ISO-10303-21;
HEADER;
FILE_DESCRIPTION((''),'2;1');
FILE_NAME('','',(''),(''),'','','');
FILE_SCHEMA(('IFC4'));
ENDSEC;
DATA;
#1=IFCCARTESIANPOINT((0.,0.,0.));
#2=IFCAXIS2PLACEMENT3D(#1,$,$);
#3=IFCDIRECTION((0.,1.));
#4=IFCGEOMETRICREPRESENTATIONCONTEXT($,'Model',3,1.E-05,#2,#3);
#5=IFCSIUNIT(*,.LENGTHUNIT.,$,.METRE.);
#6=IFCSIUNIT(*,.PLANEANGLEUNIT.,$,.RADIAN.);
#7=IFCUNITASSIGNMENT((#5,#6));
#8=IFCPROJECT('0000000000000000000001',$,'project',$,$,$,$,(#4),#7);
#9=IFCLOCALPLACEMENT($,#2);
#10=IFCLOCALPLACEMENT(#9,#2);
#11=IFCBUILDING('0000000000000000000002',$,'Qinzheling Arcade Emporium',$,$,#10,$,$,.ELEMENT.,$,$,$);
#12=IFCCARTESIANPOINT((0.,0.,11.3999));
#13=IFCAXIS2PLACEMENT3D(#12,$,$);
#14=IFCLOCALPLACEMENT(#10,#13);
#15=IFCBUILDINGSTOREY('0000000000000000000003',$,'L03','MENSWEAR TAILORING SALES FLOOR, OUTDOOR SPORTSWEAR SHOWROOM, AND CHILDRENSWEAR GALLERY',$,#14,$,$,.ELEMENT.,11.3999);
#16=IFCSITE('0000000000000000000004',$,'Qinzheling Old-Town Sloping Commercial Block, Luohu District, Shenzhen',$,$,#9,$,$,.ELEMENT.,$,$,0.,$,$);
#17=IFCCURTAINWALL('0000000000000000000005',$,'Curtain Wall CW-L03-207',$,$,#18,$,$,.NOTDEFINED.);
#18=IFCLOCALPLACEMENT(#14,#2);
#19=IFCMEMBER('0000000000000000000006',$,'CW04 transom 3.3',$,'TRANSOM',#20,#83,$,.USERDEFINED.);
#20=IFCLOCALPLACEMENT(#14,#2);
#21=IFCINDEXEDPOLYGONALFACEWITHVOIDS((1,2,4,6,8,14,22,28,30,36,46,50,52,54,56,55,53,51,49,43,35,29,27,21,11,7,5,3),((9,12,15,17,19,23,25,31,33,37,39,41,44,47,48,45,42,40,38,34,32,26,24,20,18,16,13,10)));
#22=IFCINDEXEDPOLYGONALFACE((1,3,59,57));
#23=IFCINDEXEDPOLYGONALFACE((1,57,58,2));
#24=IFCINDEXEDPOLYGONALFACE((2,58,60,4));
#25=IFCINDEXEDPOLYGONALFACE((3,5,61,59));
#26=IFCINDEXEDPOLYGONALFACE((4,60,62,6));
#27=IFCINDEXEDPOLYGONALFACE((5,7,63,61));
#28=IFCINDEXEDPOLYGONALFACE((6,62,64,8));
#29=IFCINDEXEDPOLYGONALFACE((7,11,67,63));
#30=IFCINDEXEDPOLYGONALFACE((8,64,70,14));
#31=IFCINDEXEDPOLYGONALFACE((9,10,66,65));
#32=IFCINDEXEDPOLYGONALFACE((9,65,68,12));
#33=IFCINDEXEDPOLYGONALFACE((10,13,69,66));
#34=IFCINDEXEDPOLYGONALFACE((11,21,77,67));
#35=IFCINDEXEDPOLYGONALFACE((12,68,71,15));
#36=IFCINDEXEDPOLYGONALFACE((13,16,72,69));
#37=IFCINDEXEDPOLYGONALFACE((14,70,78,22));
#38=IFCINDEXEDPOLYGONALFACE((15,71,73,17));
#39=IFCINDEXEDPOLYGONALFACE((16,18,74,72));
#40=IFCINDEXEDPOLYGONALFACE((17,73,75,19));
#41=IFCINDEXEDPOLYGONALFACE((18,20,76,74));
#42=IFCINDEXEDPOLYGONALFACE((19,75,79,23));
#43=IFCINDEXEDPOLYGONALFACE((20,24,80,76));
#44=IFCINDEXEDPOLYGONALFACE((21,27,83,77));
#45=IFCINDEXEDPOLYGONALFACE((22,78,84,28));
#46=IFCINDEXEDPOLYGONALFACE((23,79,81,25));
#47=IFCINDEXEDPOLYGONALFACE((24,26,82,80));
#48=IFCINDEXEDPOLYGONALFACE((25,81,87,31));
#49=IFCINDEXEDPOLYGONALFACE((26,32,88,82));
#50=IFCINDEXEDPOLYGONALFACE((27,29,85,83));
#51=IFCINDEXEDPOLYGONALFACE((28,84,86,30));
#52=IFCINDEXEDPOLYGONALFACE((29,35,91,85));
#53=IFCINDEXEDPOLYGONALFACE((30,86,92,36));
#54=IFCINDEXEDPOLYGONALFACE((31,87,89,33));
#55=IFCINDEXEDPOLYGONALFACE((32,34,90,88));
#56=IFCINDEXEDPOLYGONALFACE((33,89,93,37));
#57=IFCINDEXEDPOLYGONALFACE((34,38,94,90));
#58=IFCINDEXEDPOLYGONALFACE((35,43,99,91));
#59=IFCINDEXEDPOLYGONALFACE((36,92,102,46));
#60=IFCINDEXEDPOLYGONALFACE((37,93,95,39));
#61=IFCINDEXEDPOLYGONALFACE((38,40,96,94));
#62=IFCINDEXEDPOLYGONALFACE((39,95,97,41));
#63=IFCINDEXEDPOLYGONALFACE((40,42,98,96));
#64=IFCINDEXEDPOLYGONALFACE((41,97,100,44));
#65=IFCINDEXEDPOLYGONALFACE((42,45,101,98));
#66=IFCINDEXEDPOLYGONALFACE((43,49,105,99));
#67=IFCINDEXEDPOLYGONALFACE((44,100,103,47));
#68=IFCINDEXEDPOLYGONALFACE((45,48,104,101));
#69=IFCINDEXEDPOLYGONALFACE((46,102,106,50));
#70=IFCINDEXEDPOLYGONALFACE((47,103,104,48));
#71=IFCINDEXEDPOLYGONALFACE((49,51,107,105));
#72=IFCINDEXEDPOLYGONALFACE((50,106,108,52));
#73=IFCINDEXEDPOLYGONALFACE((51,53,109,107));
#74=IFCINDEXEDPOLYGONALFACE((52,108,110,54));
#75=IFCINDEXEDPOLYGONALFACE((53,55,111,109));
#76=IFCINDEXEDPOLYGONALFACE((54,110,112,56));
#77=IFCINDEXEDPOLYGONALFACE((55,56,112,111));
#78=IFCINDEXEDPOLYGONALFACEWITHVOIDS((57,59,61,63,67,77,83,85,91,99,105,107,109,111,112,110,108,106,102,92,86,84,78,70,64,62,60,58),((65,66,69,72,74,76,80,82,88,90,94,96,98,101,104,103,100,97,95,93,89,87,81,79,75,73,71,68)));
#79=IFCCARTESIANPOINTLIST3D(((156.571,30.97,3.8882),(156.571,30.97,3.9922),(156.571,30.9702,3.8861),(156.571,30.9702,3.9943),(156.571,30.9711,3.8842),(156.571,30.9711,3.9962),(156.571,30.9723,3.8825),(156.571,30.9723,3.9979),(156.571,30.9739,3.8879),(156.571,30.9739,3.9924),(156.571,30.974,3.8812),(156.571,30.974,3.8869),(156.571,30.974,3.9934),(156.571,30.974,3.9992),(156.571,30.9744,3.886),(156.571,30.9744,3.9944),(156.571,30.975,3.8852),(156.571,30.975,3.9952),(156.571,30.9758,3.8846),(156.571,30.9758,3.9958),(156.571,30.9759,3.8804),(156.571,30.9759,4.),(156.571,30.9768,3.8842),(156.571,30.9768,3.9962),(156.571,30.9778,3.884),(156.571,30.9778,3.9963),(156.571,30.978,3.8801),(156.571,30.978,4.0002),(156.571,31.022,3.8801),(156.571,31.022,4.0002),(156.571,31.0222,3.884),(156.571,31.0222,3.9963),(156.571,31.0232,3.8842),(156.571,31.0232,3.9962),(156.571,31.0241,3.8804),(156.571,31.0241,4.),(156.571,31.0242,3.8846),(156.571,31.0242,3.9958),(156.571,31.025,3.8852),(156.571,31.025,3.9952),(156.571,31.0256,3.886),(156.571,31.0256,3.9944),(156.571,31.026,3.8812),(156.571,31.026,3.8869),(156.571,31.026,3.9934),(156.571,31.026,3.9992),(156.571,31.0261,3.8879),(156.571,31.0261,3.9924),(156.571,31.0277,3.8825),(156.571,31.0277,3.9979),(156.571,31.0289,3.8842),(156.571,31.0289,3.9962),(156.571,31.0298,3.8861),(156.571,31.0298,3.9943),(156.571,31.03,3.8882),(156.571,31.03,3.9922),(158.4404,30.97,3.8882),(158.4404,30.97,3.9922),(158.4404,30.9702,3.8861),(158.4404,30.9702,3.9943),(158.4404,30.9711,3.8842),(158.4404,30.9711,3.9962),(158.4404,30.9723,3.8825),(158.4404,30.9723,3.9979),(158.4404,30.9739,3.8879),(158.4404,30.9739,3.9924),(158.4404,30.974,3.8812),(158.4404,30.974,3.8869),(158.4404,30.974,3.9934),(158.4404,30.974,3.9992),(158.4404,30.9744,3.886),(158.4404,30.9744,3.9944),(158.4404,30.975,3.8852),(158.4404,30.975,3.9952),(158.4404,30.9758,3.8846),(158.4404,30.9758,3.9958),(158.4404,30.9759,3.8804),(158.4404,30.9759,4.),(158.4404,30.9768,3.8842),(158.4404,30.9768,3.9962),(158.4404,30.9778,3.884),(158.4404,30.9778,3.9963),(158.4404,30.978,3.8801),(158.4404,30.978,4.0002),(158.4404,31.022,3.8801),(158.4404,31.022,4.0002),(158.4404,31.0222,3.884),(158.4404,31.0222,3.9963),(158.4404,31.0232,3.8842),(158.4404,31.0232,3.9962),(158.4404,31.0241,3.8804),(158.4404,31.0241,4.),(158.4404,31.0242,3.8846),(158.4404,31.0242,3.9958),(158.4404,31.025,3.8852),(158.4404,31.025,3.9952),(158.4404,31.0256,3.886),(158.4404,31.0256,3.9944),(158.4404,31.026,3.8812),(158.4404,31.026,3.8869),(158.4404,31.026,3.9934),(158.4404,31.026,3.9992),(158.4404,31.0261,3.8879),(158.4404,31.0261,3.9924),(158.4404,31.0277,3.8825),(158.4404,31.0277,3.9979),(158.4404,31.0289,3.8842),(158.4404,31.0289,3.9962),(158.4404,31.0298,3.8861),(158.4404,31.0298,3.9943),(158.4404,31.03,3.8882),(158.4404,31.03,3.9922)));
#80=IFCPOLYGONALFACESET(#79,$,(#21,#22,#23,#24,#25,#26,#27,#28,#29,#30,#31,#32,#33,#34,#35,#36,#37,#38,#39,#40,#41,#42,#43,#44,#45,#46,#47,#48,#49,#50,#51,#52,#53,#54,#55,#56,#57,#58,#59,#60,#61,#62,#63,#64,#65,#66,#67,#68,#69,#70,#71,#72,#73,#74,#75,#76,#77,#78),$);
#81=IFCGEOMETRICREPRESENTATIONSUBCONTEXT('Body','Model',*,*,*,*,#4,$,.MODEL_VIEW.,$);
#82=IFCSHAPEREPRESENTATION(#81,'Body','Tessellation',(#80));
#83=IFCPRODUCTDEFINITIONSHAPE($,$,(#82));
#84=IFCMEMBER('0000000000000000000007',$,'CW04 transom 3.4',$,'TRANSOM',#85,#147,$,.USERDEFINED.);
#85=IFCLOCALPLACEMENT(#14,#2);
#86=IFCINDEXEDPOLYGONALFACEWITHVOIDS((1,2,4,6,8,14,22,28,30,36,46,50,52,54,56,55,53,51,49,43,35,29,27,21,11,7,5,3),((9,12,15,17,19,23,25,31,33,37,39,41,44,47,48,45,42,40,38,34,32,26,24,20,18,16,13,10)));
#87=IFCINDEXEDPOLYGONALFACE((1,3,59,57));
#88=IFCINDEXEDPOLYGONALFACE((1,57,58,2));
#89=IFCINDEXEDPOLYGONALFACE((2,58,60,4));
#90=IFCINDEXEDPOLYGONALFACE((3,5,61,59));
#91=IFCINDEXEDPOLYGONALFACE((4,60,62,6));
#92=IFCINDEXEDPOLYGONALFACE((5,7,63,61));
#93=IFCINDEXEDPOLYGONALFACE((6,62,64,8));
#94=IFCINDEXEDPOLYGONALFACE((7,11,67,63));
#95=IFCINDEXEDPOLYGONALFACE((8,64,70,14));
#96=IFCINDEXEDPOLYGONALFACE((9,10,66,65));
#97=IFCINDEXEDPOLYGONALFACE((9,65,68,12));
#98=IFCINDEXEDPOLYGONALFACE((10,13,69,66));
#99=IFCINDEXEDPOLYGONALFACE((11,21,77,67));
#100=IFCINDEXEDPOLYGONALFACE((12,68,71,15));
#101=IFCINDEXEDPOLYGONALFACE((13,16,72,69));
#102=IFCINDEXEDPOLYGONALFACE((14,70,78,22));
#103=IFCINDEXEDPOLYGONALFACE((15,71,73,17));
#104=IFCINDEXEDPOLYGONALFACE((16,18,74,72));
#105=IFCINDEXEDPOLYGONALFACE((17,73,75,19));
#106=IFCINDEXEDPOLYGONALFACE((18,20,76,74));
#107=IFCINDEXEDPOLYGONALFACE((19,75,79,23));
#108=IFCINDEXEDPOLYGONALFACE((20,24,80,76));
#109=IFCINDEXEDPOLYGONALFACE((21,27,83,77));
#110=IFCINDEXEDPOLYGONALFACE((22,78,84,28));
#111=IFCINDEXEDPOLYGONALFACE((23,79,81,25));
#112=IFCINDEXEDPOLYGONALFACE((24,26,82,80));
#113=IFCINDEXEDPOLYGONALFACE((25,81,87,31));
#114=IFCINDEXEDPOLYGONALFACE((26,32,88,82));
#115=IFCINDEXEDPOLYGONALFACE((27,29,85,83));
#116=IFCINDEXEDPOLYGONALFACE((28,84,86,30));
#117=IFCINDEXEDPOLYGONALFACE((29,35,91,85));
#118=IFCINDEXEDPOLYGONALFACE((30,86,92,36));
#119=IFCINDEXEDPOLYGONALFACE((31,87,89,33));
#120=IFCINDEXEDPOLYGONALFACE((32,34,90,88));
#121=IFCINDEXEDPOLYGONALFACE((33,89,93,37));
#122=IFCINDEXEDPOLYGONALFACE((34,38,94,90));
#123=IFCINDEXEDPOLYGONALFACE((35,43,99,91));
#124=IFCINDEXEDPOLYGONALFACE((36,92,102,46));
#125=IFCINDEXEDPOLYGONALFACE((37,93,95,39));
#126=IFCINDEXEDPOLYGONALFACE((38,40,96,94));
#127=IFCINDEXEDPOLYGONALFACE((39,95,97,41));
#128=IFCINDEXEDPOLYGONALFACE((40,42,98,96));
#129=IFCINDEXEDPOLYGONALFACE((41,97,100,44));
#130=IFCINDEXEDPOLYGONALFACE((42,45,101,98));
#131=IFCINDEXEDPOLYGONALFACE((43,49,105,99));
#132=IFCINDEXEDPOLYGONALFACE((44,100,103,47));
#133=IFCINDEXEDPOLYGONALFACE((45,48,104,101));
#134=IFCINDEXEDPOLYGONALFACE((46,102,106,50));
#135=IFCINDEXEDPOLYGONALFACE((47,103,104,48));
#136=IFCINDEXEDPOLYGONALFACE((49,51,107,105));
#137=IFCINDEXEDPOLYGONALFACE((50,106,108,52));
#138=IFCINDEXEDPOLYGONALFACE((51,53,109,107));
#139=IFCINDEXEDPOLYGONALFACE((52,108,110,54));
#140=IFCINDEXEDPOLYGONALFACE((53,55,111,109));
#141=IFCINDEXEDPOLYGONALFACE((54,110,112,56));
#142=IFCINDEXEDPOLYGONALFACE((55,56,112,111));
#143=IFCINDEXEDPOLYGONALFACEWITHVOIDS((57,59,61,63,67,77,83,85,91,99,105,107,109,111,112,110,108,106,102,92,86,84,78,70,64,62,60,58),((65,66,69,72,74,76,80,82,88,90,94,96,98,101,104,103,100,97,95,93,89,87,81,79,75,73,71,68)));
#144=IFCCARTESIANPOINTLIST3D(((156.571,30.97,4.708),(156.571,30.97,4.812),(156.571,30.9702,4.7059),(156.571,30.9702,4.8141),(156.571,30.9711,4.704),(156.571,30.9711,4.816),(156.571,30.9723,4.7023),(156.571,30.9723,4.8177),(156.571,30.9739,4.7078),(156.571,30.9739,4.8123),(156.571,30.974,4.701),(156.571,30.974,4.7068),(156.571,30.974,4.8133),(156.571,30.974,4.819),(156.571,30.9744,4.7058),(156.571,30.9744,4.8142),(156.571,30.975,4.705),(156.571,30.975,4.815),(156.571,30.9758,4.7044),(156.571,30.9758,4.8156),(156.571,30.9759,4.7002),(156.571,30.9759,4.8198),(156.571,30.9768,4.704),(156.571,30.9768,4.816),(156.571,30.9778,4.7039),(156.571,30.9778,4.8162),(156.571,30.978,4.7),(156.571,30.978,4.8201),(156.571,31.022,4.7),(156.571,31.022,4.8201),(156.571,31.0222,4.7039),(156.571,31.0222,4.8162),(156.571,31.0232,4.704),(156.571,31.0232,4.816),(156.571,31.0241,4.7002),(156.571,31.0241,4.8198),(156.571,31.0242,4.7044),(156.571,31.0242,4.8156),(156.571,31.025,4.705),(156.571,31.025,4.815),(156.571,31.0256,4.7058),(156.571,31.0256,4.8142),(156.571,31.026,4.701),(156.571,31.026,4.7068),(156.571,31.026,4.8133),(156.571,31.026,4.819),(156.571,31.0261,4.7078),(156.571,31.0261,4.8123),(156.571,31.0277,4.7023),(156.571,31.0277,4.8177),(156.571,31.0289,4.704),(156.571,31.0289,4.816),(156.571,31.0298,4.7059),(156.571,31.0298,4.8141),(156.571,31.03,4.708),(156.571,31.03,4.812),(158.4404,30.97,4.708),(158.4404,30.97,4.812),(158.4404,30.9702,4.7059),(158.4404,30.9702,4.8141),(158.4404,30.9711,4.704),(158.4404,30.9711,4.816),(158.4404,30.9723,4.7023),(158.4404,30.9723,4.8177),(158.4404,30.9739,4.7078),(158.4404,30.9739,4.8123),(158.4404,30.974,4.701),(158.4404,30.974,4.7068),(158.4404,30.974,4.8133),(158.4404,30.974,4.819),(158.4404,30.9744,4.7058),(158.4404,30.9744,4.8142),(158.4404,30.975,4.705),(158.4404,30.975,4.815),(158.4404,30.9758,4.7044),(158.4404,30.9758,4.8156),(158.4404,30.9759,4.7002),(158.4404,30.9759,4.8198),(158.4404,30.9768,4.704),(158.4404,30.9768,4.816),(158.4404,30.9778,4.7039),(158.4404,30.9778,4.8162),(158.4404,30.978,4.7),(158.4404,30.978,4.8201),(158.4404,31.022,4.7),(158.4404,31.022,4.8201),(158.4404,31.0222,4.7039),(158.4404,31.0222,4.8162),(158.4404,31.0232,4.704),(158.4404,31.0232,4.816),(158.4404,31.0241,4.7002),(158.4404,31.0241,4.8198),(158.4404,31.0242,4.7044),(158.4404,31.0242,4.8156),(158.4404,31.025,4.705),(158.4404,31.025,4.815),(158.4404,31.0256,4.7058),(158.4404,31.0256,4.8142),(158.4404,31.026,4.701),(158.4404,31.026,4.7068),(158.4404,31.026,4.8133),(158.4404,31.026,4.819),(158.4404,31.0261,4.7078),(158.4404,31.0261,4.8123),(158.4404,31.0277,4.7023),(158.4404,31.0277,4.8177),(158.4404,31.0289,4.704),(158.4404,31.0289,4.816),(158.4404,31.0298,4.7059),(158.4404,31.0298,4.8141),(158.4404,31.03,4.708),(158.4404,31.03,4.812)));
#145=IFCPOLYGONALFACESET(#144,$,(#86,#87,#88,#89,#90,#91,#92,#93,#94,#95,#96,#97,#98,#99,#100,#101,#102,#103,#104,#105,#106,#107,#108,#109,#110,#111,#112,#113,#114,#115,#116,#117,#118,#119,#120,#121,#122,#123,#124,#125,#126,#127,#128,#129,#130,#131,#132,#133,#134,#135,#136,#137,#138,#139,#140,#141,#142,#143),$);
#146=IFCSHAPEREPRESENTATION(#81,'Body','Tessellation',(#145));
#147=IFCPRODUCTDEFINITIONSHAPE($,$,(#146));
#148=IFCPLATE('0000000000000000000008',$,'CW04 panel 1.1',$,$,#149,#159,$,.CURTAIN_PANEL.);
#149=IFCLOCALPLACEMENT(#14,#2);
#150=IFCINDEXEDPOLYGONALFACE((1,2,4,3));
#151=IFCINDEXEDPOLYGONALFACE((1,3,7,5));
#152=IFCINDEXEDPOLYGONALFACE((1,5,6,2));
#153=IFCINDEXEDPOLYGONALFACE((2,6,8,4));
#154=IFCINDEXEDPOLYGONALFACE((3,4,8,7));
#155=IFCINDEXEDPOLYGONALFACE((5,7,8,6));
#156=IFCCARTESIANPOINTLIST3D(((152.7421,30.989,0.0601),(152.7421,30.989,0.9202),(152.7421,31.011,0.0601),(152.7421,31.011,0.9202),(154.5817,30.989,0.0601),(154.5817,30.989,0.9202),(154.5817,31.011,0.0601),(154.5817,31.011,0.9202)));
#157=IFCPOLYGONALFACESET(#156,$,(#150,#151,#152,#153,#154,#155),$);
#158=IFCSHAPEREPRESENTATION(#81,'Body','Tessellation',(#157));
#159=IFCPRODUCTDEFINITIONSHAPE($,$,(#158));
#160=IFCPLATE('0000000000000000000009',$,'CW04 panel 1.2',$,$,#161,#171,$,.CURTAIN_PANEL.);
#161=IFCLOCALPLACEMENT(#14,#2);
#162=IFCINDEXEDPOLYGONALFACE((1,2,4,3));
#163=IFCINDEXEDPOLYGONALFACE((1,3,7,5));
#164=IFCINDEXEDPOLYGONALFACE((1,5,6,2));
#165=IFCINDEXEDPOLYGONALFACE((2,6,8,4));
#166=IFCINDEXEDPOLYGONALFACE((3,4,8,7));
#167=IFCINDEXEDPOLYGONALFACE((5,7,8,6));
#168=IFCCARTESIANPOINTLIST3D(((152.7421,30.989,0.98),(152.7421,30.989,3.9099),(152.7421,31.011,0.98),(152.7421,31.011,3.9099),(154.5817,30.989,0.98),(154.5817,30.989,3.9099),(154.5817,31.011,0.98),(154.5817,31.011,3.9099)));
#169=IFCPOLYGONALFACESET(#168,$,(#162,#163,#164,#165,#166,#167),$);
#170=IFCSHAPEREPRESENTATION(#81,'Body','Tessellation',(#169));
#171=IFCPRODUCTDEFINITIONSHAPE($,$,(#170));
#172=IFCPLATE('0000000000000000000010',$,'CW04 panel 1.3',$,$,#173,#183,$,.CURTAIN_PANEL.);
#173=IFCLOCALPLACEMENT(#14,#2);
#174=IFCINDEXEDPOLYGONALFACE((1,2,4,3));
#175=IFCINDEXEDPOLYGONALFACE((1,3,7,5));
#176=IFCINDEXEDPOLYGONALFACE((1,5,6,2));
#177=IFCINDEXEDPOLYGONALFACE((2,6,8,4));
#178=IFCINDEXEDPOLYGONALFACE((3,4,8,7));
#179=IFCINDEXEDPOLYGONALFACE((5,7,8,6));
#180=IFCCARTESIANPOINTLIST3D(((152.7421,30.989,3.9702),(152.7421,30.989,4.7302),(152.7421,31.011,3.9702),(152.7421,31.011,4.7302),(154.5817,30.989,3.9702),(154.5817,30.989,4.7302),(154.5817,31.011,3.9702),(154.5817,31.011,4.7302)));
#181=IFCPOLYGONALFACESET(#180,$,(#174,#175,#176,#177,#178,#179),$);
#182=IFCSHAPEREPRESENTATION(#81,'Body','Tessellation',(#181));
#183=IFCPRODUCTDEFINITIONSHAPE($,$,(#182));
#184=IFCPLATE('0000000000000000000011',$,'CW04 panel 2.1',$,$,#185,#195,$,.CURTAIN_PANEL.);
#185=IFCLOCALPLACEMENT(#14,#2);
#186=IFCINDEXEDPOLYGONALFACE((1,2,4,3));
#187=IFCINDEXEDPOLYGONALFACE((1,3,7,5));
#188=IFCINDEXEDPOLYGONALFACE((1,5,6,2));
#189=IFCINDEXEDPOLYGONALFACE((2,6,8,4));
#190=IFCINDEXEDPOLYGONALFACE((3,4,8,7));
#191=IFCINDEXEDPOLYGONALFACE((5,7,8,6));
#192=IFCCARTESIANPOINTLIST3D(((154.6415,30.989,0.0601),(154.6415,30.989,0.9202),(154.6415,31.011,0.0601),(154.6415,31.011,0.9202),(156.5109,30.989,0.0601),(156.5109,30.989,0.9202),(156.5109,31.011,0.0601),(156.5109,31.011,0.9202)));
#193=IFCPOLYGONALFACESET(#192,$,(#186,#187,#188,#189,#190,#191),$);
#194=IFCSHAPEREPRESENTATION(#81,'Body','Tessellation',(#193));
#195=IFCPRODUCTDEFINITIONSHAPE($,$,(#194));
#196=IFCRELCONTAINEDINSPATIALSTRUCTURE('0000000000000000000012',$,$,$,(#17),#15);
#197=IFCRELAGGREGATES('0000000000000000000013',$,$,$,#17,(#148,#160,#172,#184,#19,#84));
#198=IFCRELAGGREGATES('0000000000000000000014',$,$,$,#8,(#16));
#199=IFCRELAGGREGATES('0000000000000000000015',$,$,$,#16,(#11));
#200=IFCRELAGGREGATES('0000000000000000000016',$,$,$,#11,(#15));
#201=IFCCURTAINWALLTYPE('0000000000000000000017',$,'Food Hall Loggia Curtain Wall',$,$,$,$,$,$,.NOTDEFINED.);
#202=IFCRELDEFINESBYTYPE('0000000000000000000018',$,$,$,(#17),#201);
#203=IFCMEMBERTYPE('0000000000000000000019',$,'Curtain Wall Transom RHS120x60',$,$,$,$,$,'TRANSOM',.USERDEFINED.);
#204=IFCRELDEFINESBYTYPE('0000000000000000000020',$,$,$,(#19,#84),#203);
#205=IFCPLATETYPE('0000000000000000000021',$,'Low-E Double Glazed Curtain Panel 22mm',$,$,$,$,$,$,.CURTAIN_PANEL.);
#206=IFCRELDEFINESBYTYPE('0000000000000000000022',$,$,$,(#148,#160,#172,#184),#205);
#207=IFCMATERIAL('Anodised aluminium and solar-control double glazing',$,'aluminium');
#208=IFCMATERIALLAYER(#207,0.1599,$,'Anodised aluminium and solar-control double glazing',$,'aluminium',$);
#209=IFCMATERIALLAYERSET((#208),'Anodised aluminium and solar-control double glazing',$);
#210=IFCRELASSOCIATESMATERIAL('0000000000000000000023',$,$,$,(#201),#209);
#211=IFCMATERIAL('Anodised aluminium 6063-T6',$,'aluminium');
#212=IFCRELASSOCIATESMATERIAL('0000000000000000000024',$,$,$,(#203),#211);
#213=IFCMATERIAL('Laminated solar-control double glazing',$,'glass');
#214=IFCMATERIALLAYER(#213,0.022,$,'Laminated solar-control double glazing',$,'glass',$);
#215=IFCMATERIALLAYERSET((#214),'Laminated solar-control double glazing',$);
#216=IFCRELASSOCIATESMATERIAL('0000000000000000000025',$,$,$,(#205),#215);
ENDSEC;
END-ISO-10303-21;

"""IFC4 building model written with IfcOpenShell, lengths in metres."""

from ifc_helpers import new_model, si_unit, direction, frame, origin, origin_2d, place, context, subcontext, project, spatial, rectangle, hollow_rectangle, extrude, material, layer, layer_set, material_profile, profile_set, type_object, element, aggregate, save


model = new_model("IFC4")

# Units and contexts
model_context = context("Model", 3, precision=1e-05, world=origin(), true_north=direction((0.0, 1.0)))
body_context = subcontext(model_context, "Body", "Model", "MODEL_VIEW")
ifc_project = project(units=[si_unit("LENGTHUNIT", "METRE"), si_unit("PLANEANGLEUNIT", "RADIAN")], contexts=[model_context])

# Site, building, storey
site_placement = place(None, origin())
site = spatial("IfcSite", under=ifc_project, at=site_placement, Name="Qinzheling Old-Town Sloping Commercial Block, Luohu District, Shenzhen", CompositionType="ELEMENT", RefElevation=0.0)
building_placement = place(site_placement, origin())
building = spatial("IfcBuilding", under=site, at=building_placement, Name="Qinzheling Arcade Emporium", CompositionType="ELEMENT")
storey_placement = place(building_placement, frame((0.0, 0.0, 11.3999)))
storey = spatial("IfcBuildingStorey", under=building, at=storey_placement, Name="L03", Description="MENSWEAR TAILORING SALES FLOOR, OUTDOOR SPORTSWEAR SHOWROOM, AND CHILDRENSWEAR GALLERY", CompositionType="ELEMENT", Elevation=11.3999)

# Curtain wall, members, plates
ifc_material_1 = material(Name="Anodised aluminium and solar-control double glazing", Category="aluminium")
ifc_layer_1 = layer(ifc_material_1, 0.1599, Name="Anodised aluminium and solar-control double glazing", Category="aluminium")
ifc_layer_set_1 = layer_set([ifc_layer_1], Name="Anodised aluminium and solar-control double glazing")
curtain_wall_type = type_object("IfcCurtainWallType", Name="Food Hall Loggia Curtain Wall", PredefinedType="NOTDEFINED", material=ifc_layer_set_1)
curtain_wall_placement = place(storey_placement, origin())
curtain_wall = element("IfcCurtainWall", 1, at=curtain_wall_placement, inside=storey, type_object=curtain_wall_type, Name="Curtain Wall CW-L03-207", PredefinedType="NOTDEFINED")
ifc_material_2 = material(Name="Anodised aluminium 6063-T6", Category="aluminium")
ifc_material_profile_1 = material_profile(ifc_material_2, hollow_rectangle(XDim=0.0601, YDim=0.1201, WallThickness=0.0039, InnerFilletRadius=0.0039, OuterFilletRadius=0.0081, at=origin_2d()), Name="RHS 120x60x4", Category="aluminium")
ifc_profile_set_1 = profile_set([ifc_material_profile_1], Name="Anodised aluminium 6063-T6")
member_type_1 = type_object("IfcMemberType", Name="Curtain Wall Transom RHS120x60", ElementType="TRANSOM", PredefinedType="USERDEFINED", material=ifc_profile_set_1)
member_1_placement = place(storey_placement, frame((156.571, 31.0, 3.9402), z_axis=(1.0, 0.0, 0.0), x_axis=(0.0, 1.0, 0.0)))
member_1 = element("IfcMember", 2, at=member_1_placement, type_object=member_type_1, Name="CW04 transom 3.3", ObjectType="TRANSOM", PredefinedType="USERDEFINED", context=body_context, shape_type="SweptSolid", body=[
    extrude(hollow_rectangle(XDim=0.0601, YDim=0.1201, WallThickness=0.0039, InnerFilletRadius=0.0039, OuterFilletRadius=0.0081, at=origin_2d()), origin(), (0.0, 0.0, 1.0), 1.8694),
])
member_2_placement = place(storey_placement, frame((156.571, 31.0, 4.76), z_axis=(1.0, 0.0, 0.0), x_axis=(0.0, 1.0, 0.0)))
member_2 = element("IfcMember", 3, at=member_2_placement, type_object=member_type_1, Name="CW04 transom 3.4", ObjectType="TRANSOM", PredefinedType="USERDEFINED", context=body_context, shape_type="SweptSolid", body=[
    extrude(hollow_rectangle(XDim=0.0601, YDim=0.1201, WallThickness=0.0039, InnerFilletRadius=0.0039, OuterFilletRadius=0.0081, at=origin_2d()), origin(), (0.0, 0.0, 1.0), 1.8694),
])
ifc_material_3 = material(Name="Laminated solar-control double glazing", Category="glass")
ifc_layer_2 = layer(ifc_material_3, 0.022, Name="Laminated solar-control double glazing", Category="glass")
ifc_layer_set_2 = layer_set([ifc_layer_2], Name="Laminated solar-control double glazing")
plate_type = type_object("IfcPlateType", Name="Low-E Double Glazed Curtain Panel 22mm", PredefinedType="CURTAIN_PANEL", material=ifc_layer_set_2)
plate_1_placement = place(storey_placement, frame((153.6619, 31.0, 0.0601), z_axis=(0.0, 0.0, 1.0), x_axis=(1.0, 0.0, 0.0)))
plate_1 = element("IfcPlate", 4, at=plate_1_placement, type_object=plate_type, Name="CW04 panel 1.1", PredefinedType="CURTAIN_PANEL", context=body_context, shape_type="SweptSolid", body=[
    extrude(rectangle(XDim=1.8396, YDim=0.022, at=origin_2d()), origin(), (0.0, 0.0, 1.0), 0.8601),
])
plate_2_placement = place(storey_placement, frame((153.6619, 31.0, 0.98), z_axis=(0.0, 0.0, 1.0), x_axis=(1.0, 0.0, 0.0)))
plate_2 = element("IfcPlate", 5, at=plate_2_placement, type_object=plate_type, Name="CW04 panel 1.2", PredefinedType="CURTAIN_PANEL", context=body_context, shape_type="SweptSolid", body=[
    extrude(rectangle(XDim=1.8396, YDim=0.022, at=origin_2d()), origin(), (0.0, 0.0, 1.0), 2.9299),
])
plate_3_placement = place(storey_placement, frame((153.6619, 31.0, 3.9702), z_axis=(0.0, 0.0, 1.0), x_axis=(1.0, 0.0, 0.0)))
plate_3 = element("IfcPlate", 6, at=plate_3_placement, type_object=plate_type, Name="CW04 panel 1.3", PredefinedType="CURTAIN_PANEL", context=body_context, shape_type="SweptSolid", body=[
    extrude(rectangle(XDim=1.8396, YDim=0.022, at=origin_2d()), origin(), (0.0, 0.0, 1.0), 0.76),
])
plate_4_placement = place(storey_placement, frame((155.5762, 31.0, 0.0601), z_axis=(0.0, 0.0, 1.0), x_axis=(1.0, 0.0, 0.0)))
plate_4 = element("IfcPlate", 7, at=plate_4_placement, type_object=plate_type, Name="CW04 panel 2.1", PredefinedType="CURTAIN_PANEL", context=body_context, shape_type="SweptSolid", body=[
    extrude(rectangle(XDim=1.8694, YDim=0.022, at=origin_2d()), origin(), (0.0, 0.0, 1.0), 0.8601),
])
aggregate(curtain_wall, [plate_1, plate_2, plate_3, plate_4, member_1, member_2])

save(model, "model.ifc")
